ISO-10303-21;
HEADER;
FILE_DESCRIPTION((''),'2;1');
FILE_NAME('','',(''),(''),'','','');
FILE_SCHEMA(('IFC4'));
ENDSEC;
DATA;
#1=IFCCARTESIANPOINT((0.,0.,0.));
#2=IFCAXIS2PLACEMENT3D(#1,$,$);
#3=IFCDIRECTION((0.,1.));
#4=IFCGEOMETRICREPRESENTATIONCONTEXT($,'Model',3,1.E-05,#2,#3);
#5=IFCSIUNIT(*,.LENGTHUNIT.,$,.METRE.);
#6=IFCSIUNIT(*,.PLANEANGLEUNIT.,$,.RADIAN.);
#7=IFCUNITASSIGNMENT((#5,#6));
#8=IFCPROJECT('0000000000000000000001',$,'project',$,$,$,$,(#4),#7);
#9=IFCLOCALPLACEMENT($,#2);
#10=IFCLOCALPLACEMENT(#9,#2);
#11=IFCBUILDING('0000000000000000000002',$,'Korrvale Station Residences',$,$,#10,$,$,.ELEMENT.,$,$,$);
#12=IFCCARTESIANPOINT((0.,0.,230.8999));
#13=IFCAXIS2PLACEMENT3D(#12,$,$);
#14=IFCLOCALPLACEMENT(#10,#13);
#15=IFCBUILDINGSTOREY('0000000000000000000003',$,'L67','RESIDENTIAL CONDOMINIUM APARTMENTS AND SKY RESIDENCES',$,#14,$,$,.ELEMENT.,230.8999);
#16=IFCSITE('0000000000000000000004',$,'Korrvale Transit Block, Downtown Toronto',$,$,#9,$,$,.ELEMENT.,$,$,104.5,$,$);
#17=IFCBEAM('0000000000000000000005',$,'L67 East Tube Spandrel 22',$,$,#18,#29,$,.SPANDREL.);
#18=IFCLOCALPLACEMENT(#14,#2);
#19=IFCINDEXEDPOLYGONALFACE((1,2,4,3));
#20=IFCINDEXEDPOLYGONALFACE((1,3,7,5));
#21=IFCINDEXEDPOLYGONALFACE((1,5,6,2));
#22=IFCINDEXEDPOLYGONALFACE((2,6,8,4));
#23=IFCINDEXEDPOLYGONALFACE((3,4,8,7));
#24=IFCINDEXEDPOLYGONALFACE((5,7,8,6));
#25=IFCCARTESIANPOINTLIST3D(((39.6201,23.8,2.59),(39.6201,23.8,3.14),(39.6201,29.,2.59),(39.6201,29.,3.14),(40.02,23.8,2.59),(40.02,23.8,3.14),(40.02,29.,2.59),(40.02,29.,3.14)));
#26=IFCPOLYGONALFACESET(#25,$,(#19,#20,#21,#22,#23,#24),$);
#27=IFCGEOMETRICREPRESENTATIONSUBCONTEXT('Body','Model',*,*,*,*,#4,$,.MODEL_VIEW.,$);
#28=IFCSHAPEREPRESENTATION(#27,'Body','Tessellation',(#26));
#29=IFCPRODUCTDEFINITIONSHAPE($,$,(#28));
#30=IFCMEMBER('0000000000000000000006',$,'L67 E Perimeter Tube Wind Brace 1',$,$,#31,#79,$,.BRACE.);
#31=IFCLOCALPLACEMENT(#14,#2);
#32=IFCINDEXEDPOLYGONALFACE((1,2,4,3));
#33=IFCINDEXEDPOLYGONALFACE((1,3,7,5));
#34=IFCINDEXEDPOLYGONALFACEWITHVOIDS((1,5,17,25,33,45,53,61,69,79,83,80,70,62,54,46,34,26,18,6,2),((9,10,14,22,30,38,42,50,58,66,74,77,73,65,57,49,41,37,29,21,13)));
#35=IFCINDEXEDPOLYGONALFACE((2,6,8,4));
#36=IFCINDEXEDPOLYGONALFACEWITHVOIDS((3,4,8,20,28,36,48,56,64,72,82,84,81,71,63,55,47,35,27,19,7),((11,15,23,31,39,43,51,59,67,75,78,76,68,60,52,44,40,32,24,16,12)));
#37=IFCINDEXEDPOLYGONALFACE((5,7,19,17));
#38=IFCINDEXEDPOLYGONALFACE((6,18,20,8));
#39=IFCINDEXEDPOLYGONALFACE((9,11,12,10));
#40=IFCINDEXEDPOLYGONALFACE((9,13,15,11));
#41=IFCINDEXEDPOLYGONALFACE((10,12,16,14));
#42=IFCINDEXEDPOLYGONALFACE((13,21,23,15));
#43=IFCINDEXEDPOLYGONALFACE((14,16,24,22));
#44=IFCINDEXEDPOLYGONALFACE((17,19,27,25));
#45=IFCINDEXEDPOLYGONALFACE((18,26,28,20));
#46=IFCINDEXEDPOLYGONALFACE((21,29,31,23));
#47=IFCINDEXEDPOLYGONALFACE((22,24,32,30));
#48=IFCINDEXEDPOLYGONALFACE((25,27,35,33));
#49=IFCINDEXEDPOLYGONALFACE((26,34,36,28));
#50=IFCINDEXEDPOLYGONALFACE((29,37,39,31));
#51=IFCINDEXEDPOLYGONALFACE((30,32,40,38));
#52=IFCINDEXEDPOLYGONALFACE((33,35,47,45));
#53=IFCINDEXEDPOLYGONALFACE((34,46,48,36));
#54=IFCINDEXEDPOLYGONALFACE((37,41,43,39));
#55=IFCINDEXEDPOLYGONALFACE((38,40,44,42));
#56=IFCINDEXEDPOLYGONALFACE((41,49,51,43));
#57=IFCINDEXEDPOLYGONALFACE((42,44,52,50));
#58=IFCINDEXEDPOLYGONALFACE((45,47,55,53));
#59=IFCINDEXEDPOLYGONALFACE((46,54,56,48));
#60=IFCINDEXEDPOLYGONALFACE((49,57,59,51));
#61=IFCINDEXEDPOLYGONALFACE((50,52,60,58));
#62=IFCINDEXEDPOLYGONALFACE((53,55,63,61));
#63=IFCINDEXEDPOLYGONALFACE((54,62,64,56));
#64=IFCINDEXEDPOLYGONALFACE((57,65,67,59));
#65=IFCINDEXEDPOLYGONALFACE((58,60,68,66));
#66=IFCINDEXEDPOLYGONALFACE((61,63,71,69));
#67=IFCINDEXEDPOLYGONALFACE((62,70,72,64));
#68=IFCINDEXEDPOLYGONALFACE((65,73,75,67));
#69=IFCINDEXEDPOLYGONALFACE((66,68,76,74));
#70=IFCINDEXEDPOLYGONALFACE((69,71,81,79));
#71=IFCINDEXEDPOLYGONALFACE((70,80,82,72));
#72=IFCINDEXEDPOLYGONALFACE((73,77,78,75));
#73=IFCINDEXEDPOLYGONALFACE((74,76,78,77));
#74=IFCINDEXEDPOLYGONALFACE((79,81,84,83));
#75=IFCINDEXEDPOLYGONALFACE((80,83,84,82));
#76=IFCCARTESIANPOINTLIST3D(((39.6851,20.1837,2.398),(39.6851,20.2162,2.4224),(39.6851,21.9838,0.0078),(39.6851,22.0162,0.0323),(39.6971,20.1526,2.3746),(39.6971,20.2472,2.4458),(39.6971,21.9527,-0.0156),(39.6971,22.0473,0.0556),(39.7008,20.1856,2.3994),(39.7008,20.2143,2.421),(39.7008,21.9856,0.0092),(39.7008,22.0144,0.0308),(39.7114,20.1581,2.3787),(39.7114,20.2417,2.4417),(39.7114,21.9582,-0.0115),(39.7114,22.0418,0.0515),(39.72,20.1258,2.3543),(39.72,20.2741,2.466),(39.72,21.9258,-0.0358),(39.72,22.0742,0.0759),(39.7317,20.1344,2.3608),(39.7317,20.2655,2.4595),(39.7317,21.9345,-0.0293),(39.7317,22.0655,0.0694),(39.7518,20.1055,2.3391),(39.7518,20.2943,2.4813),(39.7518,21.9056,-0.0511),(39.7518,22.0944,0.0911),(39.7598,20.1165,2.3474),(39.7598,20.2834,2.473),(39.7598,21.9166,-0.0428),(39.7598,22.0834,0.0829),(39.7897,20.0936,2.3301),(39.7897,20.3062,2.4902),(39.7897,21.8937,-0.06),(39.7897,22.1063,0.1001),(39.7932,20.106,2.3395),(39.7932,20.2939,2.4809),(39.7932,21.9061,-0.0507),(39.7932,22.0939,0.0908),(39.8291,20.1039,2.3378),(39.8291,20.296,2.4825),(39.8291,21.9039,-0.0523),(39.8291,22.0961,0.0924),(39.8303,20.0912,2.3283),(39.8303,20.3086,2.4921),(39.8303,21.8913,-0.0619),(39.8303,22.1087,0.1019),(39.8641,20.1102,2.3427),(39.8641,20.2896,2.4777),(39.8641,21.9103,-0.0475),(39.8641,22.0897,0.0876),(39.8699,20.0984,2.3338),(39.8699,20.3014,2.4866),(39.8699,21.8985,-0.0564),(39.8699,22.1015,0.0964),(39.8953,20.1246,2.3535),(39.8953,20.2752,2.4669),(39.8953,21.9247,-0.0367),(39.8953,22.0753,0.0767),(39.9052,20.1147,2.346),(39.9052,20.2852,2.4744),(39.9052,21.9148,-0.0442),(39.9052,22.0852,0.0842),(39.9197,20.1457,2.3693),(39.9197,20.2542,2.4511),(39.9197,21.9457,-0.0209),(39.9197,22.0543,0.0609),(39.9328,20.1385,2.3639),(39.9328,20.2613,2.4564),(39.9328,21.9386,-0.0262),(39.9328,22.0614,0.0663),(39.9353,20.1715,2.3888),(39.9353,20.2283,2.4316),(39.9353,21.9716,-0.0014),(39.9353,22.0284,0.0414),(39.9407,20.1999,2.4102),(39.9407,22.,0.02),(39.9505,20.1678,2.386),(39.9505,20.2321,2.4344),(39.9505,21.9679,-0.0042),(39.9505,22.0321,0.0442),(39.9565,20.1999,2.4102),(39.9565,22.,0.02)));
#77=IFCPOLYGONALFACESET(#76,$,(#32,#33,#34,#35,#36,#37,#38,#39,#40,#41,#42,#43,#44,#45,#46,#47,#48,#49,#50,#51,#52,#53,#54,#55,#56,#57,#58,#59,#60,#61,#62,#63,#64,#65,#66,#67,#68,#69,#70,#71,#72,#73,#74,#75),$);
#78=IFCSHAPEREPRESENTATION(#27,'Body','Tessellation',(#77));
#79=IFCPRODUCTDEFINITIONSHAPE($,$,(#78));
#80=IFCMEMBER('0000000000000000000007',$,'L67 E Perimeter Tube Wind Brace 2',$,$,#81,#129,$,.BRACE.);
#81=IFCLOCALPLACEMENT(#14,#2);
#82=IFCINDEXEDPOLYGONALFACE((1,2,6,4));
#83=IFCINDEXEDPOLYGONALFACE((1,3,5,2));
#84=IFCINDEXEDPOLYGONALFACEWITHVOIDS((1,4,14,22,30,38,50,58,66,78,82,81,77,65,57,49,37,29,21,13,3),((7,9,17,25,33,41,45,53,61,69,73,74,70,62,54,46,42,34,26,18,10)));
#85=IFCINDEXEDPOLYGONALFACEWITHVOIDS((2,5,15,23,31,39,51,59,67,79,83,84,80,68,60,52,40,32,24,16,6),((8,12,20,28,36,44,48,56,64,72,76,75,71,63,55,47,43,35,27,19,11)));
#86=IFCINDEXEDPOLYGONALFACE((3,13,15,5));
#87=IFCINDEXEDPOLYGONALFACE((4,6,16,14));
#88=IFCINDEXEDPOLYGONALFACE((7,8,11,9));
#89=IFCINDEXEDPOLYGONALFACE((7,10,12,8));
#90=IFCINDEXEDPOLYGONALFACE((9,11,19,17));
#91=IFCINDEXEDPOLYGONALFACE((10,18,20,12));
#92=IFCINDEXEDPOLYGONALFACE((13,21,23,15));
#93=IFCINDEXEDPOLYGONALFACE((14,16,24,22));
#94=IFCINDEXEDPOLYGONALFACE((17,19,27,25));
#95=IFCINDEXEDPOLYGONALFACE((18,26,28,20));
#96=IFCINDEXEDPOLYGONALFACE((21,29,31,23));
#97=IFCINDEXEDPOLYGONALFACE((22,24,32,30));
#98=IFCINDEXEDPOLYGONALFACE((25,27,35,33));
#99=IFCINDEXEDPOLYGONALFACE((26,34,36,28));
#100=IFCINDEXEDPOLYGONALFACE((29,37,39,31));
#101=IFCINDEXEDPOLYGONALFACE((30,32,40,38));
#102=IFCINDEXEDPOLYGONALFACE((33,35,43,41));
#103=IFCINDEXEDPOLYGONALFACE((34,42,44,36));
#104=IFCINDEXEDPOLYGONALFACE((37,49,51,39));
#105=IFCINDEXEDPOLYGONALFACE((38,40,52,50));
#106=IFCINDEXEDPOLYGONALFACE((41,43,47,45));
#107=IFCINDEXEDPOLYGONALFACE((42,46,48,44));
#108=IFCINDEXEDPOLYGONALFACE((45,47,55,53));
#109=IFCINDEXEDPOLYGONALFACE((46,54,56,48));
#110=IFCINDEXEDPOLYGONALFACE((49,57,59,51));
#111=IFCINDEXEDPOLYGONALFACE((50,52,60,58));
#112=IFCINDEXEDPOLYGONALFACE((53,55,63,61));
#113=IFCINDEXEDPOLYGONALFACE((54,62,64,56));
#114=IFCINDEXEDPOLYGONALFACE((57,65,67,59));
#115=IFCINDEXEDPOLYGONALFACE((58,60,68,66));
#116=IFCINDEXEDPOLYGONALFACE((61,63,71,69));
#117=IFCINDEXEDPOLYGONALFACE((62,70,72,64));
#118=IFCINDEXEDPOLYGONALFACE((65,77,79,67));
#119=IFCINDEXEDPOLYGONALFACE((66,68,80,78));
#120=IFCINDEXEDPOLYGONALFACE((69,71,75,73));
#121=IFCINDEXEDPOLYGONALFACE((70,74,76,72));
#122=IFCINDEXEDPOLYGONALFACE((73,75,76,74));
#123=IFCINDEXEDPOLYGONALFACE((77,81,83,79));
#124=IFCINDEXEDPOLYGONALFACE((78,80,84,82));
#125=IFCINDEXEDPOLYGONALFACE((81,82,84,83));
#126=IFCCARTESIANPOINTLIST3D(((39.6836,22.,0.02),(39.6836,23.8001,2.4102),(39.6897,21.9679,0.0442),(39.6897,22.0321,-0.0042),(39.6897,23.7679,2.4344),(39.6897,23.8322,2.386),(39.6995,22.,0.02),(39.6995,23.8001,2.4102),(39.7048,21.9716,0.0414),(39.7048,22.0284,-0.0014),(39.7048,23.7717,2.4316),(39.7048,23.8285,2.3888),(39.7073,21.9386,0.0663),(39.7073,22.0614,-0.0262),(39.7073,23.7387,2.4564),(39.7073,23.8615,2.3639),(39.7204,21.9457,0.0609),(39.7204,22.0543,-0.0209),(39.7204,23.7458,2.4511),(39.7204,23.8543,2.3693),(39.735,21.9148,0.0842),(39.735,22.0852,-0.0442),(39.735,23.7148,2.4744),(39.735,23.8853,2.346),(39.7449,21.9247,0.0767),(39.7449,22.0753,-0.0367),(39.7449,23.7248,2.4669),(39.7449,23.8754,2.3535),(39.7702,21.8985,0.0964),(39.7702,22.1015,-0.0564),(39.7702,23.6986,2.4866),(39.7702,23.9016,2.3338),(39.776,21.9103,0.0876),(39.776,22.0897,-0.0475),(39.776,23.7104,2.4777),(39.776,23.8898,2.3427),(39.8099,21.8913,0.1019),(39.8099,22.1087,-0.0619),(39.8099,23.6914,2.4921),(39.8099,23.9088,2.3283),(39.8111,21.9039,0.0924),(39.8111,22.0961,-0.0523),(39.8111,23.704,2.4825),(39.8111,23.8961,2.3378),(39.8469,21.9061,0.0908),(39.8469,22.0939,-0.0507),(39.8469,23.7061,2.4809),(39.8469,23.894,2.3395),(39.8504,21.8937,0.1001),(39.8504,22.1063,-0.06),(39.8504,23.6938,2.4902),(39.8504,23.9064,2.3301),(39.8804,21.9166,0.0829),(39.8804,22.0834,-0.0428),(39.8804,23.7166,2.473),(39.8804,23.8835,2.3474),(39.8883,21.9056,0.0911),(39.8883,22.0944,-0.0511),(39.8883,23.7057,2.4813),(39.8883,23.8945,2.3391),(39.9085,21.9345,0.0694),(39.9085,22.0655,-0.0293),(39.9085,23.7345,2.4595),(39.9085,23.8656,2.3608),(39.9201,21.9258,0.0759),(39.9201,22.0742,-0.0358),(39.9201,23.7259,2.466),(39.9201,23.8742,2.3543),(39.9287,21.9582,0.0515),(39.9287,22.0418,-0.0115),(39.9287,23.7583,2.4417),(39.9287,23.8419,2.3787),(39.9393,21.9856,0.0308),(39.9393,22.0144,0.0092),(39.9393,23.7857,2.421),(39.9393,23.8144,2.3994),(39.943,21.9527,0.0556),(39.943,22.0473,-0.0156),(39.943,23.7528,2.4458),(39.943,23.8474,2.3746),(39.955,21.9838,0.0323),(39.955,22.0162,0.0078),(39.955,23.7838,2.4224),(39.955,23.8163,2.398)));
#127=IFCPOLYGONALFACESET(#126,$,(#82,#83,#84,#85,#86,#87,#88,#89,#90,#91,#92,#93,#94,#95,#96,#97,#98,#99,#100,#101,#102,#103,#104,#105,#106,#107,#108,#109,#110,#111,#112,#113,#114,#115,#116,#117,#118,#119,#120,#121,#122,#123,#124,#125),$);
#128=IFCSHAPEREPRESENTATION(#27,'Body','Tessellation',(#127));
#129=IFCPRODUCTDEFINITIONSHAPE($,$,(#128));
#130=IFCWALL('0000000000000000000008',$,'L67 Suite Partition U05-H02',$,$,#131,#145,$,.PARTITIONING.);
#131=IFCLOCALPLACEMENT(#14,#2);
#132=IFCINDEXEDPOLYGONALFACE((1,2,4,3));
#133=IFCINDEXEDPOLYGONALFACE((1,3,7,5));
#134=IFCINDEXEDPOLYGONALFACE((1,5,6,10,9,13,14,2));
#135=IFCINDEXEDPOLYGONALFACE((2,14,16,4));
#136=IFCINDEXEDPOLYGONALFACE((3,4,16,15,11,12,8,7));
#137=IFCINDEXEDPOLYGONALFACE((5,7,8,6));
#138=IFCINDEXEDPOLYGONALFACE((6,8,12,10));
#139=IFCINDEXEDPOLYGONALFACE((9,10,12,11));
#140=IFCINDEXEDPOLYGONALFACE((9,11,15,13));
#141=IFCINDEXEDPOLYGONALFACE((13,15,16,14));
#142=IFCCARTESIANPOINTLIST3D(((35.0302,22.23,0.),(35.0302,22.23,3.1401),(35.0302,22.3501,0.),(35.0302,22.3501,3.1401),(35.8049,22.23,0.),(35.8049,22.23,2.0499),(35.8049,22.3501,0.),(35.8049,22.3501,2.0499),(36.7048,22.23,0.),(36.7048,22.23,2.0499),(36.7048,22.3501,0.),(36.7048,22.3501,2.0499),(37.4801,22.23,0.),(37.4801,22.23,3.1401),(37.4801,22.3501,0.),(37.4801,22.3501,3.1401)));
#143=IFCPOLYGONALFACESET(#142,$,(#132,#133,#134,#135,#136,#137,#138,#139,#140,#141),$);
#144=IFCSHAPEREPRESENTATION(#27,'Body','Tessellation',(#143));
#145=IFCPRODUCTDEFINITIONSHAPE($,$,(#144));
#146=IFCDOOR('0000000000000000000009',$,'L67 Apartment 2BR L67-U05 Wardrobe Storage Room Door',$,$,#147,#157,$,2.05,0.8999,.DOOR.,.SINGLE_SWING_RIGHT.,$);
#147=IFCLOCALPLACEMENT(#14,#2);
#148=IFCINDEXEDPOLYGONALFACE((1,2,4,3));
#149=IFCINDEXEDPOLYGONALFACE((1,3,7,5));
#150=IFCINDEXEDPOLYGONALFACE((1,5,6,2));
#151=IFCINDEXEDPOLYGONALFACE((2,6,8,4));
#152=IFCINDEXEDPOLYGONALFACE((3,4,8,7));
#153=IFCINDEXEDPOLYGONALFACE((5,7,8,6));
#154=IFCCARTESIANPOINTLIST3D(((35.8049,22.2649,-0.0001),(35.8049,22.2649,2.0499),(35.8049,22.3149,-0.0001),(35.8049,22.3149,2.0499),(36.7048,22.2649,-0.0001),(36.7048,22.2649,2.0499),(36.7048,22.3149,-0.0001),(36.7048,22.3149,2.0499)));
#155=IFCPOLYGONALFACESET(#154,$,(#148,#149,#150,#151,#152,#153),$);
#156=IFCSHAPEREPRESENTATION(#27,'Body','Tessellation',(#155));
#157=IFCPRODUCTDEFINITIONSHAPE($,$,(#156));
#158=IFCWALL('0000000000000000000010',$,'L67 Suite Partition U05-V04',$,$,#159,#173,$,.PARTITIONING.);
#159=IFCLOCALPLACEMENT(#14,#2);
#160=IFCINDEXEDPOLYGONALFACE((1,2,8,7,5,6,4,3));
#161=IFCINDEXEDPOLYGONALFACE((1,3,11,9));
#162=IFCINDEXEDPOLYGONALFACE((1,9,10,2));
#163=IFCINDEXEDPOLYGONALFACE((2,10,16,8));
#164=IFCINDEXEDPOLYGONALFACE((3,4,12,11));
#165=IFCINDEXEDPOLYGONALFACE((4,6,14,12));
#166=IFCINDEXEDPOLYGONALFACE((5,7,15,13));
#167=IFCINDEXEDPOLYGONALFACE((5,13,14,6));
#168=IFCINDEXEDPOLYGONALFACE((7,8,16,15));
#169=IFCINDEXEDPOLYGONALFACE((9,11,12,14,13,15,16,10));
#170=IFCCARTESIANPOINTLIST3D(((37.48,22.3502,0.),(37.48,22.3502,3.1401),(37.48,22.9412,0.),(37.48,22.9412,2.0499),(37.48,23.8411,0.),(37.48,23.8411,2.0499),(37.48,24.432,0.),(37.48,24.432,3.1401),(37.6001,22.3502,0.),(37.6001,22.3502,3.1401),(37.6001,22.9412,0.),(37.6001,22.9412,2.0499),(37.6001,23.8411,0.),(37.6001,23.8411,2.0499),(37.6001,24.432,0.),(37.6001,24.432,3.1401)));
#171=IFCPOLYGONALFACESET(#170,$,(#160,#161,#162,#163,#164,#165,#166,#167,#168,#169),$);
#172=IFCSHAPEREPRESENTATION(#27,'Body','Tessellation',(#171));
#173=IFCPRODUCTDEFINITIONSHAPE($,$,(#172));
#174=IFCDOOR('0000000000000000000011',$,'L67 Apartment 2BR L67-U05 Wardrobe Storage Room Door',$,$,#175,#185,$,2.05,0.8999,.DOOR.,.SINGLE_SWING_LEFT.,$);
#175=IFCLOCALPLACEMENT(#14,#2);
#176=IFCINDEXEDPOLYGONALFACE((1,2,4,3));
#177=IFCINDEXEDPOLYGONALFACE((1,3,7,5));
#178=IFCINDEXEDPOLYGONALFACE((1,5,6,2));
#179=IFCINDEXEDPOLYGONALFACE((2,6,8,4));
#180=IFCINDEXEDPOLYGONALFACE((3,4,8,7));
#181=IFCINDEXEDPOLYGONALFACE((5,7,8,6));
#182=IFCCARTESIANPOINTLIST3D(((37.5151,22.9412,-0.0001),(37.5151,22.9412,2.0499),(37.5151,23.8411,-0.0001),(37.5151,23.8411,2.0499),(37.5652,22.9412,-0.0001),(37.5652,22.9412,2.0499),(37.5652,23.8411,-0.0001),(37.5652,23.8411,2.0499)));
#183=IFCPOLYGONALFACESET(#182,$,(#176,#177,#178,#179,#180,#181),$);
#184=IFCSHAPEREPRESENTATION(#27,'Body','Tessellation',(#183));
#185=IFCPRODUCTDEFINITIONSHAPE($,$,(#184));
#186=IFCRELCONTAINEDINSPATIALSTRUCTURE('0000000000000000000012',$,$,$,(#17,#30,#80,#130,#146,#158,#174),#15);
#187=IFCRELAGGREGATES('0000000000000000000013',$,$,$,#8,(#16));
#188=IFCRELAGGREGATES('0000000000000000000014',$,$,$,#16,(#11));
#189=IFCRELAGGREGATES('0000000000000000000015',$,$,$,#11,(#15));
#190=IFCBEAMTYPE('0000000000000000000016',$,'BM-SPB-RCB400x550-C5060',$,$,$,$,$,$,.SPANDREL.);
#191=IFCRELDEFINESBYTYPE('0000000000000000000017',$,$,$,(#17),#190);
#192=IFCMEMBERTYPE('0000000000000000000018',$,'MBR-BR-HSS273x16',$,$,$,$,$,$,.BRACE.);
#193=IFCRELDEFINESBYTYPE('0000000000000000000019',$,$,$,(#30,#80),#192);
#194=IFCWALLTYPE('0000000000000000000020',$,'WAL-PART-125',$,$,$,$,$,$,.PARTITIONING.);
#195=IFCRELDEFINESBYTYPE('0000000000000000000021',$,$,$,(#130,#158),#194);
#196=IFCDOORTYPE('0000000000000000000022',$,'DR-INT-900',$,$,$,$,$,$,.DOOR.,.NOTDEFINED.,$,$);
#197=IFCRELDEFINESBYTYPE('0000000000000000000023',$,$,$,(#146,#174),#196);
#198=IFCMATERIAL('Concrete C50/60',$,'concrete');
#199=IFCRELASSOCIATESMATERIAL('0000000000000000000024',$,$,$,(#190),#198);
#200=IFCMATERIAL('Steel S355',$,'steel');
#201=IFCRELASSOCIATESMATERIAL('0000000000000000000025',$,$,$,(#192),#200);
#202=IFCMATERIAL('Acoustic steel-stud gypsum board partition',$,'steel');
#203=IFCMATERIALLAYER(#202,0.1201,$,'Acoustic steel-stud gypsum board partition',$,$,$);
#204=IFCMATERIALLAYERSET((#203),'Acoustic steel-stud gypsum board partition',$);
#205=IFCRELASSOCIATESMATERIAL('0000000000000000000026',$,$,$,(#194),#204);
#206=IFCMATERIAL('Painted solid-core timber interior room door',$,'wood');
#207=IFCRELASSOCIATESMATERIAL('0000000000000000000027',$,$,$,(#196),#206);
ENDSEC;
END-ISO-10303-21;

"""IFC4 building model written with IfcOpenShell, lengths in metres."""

from ifc_helpers import new_model, si_unit, direction, frame, frame_2d, origin, origin_2d, place, context, subcontext, project, spatial, rectangle, hollow_circle, extrude, material, layer, layer_set, material_profile, profile_set, type_object, element, fill, save


model = new_model("IFC4")

# Units and contexts
model_context = context("Model", 3, precision=1e-05, world=origin(), true_north=direction((0.0, 1.0)))
body_context = subcontext(model_context, "Body", "Model", "MODEL_VIEW")
ifc_project = project(units=[si_unit("LENGTHUNIT", "METRE"), si_unit("PLANEANGLEUNIT", "RADIAN")], contexts=[model_context])

# Site, building, storey
site_placement = place(None, origin())
site = spatial("IfcSite", under=ifc_project, at=site_placement, Name="Korrvale Transit Block, Downtown Toronto", CompositionType="ELEMENT", RefElevation=104.5)
building_placement = place(site_placement, origin())
building = spatial("IfcBuilding", under=site, at=building_placement, Name="Korrvale Station Residences", CompositionType="ELEMENT")
storey_placement = place(building_placement, frame((0.0, 0.0, 230.8999)))
storey = spatial("IfcBuildingStorey", under=building, at=storey_placement, Name="L67", Description="RESIDENTIAL CONDOMINIUM APARTMENTS AND SKY RESIDENCES", CompositionType="ELEMENT", Elevation=230.8999)

# Shared definitions
ifc_material_1 = material(Name="Concrete C50/60", Category="concrete")

# Beam
ifc_material_2 = material(Name="Steel S355", Category="steel")
ifc_material_profile_1 = material_profile(ifc_material_1, rectangle(XDim=0.3999, YDim=0.55, at=origin_2d()), Name="RCB400x550")
ifc_profile_set_1 = profile_set([ifc_material_profile_1], Name="Concrete C50/60")
beam_type_1 = type_object("IfcBeamType", Name="BM-SPB-RCB400x550-C5060", PredefinedType="SPANDREL", material=ifc_profile_set_1)
beam_1_placement = place(storey_placement, frame((39.8201, 23.8, 2.865), z_axis=(0.0, 1.0, 0.0), x_axis=(-1.0, 0.0, 0.0)))
element("IfcBeam", 1, at=beam_1_placement, inside=storey, type_object=beam_type_1, Name="L67 East Tube Spandrel 22", PredefinedType="SPANDREL", context=body_context, shape_type="SweptSolid", body=[
    extrude(rectangle(XDim=0.3999, YDim=0.55, at=origin_2d()), origin(), (0.0, 0.0, 1.0), 5.2),
])

# Members
ifc_material_profile_2 = material_profile(ifc_material_2, hollow_circle(Radius=0.1365, WallThickness=0.0159, at=origin_2d()), Name="HSS273x16")
ifc_profile_set_2 = profile_set([ifc_material_profile_2], Name="Steel S355")
member_type = type_object("IfcMemberType", Name="MBR-BR-HSS273x16", PredefinedType="BRACE", material=ifc_profile_set_2)
for number, where, z_axis, x_axis, name in (
    (2, (39.8201, 22.0, 0.02), (0.0, -0.601592, 0.798804), (1.0, 0.0, 0.0), "L67 E Perimeter Tube Wind Brace 1"),
    (3, (39.8201, 22.0, 0.02), (0.0, 0.601592, 0.798804), (-1.0, 0.0, 0.0), "L67 E Perimeter Tube Wind Brace 2"),
):
    element("IfcMember", number, at=place(storey_placement, frame(where, z_axis=z_axis, x_axis=x_axis)), inside=storey, type_object=member_type, Name=name, PredefinedType="BRACE", context=body_context, shape_type="SweptSolid", body=[
        extrude(hollow_circle(Radius=0.1365, WallThickness=0.0159, at=origin_2d()), origin(), (0.0, 0.0, 1.0), 2.9922),
    ])

# Walls, openings, doors
ifc_material_3 = material(Name="Acoustic steel-stud gypsum board partition", Category="steel")
ifc_layer_1 = layer(ifc_material_3, 0.1201, Name="Acoustic steel-stud gypsum board partition")
ifc_layer_set_1 = layer_set([ifc_layer_1], Name="Acoustic steel-stud gypsum board partition")
wall_type_1 = type_object("IfcWallType", Name="WAL-PART-125", PredefinedType="PARTITIONING", material=ifc_layer_set_1)
wall_1_placement = place(storey_placement, frame((35.03, 22.29, 0.0), z_axis=(0.0, 0.0, 1.0), x_axis=(1.0, 0.0, 0.0)))
wall_1 = element("IfcWall", 4, at=wall_1_placement, inside=storey, type_object=wall_type_1, Name="L67 Suite Partition U05-H02", PredefinedType="PARTITIONING", context=body_context, shape_type="SweptSolid", body=[
    extrude(rectangle(XDim=2.45, YDim=0.1201, at=frame_2d((1.2251, 0.0))), origin(), (0.0, 0.0, 1.0), 3.1401),
])
opening_1_placement = place(wall_1_placement, frame((0.7749, 0.0, 0.0)))
opening_1 = element("IfcOpeningElement", 5, at=opening_1_placement, cuts=wall_1, PredefinedType="OPENING", context=body_context, shape_type="SweptSolid", body=[
    extrude(rectangle(XDim=0.8999, YDim=2.05, at=frame_2d((0.45, 1.0249))), frame((0.0, 0.0701, 0.0), z_axis=(0.0, -1.0, 0.0), x_axis=(1.0, 0.0, 0.0)), (0.0, 0.0, 1.0), 0.1401),
])
ifc_material_4 = material(Name="Painted solid-core timber interior room door", Category="wood")
door_type = type_object("IfcDoorType", Name="DR-INT-900", OperationType="NOTDEFINED", PredefinedType="DOOR", material=ifc_material_4)
door_1_placement = place(opening_1_placement, origin())
door_1 = element("IfcDoor", 6, at=door_1_placement, inside=storey, type_object=door_type, Name="L67 Apartment 2BR L67-U05 Wardrobe Storage Room Door", OperationType="SINGLE_SWING_RIGHT", OverallHeight=2.05, OverallWidth=0.8999, PredefinedType="DOOR", context=body_context, shape_type="SweptSolid", body=[
    extrude(rectangle(XDim=0.8999, YDim=2.05, at=frame_2d((0.45, 1.0249))), frame((0.0, 0.0249, 0.0), z_axis=(0.0, -1.0, 0.0), x_axis=(1.0, 0.0, 0.0)), (0.0, 0.0, 1.0), 0.05),
])
fill(opening_1, door_1)
wall_2_placement = place(storey_placement, frame((37.54, 22.3501, 0.0), z_axis=(0.0, 0.0, 1.0), x_axis=(0.0, 1.0, 0.0)))
wall_2 = element("IfcWall", 7, at=wall_2_placement, inside=storey, type_object=wall_type_1, Name="L67 Suite Partition U05-V04", PredefinedType="PARTITIONING", context=body_context, shape_type="SweptSolid", body=[
    extrude(rectangle(XDim=2.0818, YDim=0.1201, at=frame_2d((1.041, 0.0))), origin(), (0.0, 0.0, 1.0), 3.1401),
])
opening_2_placement = place(wall_2_placement, frame((0.5911, 0.0, 0.0)))
opening_2 = element("IfcOpeningElement", 8, at=opening_2_placement, cuts=wall_2, PredefinedType="OPENING", context=body_context, shape_type="SweptSolid", body=[
    extrude(rectangle(XDim=0.8999, YDim=2.05, at=frame_2d((0.45, 1.0249))), frame((0.0, 0.0701, 0.0), z_axis=(0.0, -1.0, 0.0), x_axis=(1.0, 0.0, 0.0)), (0.0, 0.0, 1.0), 0.1401),
])
door_2_placement = place(opening_2_placement, origin())
door_2 = element("IfcDoor", 9, at=door_2_placement, inside=storey, type_object=door_type, Name="L67 Apartment 2BR L67-U05 Wardrobe Storage Room Door", OperationType="SINGLE_SWING_LEFT", OverallHeight=2.05, OverallWidth=0.8999, PredefinedType="DOOR", context=body_context, shape_type="SweptSolid", body=[
    extrude(rectangle(XDim=0.8999, YDim=2.05, at=frame_2d((0.45, 1.0249))), frame((0.0, 0.0249, 0.0), z_axis=(0.0, -1.0, 0.0), x_axis=(1.0, 0.0, 0.0)), (0.0, 0.0, 1.0), 0.05),
])
fill(opening_2, door_2)

save(model, "model.ifc")
